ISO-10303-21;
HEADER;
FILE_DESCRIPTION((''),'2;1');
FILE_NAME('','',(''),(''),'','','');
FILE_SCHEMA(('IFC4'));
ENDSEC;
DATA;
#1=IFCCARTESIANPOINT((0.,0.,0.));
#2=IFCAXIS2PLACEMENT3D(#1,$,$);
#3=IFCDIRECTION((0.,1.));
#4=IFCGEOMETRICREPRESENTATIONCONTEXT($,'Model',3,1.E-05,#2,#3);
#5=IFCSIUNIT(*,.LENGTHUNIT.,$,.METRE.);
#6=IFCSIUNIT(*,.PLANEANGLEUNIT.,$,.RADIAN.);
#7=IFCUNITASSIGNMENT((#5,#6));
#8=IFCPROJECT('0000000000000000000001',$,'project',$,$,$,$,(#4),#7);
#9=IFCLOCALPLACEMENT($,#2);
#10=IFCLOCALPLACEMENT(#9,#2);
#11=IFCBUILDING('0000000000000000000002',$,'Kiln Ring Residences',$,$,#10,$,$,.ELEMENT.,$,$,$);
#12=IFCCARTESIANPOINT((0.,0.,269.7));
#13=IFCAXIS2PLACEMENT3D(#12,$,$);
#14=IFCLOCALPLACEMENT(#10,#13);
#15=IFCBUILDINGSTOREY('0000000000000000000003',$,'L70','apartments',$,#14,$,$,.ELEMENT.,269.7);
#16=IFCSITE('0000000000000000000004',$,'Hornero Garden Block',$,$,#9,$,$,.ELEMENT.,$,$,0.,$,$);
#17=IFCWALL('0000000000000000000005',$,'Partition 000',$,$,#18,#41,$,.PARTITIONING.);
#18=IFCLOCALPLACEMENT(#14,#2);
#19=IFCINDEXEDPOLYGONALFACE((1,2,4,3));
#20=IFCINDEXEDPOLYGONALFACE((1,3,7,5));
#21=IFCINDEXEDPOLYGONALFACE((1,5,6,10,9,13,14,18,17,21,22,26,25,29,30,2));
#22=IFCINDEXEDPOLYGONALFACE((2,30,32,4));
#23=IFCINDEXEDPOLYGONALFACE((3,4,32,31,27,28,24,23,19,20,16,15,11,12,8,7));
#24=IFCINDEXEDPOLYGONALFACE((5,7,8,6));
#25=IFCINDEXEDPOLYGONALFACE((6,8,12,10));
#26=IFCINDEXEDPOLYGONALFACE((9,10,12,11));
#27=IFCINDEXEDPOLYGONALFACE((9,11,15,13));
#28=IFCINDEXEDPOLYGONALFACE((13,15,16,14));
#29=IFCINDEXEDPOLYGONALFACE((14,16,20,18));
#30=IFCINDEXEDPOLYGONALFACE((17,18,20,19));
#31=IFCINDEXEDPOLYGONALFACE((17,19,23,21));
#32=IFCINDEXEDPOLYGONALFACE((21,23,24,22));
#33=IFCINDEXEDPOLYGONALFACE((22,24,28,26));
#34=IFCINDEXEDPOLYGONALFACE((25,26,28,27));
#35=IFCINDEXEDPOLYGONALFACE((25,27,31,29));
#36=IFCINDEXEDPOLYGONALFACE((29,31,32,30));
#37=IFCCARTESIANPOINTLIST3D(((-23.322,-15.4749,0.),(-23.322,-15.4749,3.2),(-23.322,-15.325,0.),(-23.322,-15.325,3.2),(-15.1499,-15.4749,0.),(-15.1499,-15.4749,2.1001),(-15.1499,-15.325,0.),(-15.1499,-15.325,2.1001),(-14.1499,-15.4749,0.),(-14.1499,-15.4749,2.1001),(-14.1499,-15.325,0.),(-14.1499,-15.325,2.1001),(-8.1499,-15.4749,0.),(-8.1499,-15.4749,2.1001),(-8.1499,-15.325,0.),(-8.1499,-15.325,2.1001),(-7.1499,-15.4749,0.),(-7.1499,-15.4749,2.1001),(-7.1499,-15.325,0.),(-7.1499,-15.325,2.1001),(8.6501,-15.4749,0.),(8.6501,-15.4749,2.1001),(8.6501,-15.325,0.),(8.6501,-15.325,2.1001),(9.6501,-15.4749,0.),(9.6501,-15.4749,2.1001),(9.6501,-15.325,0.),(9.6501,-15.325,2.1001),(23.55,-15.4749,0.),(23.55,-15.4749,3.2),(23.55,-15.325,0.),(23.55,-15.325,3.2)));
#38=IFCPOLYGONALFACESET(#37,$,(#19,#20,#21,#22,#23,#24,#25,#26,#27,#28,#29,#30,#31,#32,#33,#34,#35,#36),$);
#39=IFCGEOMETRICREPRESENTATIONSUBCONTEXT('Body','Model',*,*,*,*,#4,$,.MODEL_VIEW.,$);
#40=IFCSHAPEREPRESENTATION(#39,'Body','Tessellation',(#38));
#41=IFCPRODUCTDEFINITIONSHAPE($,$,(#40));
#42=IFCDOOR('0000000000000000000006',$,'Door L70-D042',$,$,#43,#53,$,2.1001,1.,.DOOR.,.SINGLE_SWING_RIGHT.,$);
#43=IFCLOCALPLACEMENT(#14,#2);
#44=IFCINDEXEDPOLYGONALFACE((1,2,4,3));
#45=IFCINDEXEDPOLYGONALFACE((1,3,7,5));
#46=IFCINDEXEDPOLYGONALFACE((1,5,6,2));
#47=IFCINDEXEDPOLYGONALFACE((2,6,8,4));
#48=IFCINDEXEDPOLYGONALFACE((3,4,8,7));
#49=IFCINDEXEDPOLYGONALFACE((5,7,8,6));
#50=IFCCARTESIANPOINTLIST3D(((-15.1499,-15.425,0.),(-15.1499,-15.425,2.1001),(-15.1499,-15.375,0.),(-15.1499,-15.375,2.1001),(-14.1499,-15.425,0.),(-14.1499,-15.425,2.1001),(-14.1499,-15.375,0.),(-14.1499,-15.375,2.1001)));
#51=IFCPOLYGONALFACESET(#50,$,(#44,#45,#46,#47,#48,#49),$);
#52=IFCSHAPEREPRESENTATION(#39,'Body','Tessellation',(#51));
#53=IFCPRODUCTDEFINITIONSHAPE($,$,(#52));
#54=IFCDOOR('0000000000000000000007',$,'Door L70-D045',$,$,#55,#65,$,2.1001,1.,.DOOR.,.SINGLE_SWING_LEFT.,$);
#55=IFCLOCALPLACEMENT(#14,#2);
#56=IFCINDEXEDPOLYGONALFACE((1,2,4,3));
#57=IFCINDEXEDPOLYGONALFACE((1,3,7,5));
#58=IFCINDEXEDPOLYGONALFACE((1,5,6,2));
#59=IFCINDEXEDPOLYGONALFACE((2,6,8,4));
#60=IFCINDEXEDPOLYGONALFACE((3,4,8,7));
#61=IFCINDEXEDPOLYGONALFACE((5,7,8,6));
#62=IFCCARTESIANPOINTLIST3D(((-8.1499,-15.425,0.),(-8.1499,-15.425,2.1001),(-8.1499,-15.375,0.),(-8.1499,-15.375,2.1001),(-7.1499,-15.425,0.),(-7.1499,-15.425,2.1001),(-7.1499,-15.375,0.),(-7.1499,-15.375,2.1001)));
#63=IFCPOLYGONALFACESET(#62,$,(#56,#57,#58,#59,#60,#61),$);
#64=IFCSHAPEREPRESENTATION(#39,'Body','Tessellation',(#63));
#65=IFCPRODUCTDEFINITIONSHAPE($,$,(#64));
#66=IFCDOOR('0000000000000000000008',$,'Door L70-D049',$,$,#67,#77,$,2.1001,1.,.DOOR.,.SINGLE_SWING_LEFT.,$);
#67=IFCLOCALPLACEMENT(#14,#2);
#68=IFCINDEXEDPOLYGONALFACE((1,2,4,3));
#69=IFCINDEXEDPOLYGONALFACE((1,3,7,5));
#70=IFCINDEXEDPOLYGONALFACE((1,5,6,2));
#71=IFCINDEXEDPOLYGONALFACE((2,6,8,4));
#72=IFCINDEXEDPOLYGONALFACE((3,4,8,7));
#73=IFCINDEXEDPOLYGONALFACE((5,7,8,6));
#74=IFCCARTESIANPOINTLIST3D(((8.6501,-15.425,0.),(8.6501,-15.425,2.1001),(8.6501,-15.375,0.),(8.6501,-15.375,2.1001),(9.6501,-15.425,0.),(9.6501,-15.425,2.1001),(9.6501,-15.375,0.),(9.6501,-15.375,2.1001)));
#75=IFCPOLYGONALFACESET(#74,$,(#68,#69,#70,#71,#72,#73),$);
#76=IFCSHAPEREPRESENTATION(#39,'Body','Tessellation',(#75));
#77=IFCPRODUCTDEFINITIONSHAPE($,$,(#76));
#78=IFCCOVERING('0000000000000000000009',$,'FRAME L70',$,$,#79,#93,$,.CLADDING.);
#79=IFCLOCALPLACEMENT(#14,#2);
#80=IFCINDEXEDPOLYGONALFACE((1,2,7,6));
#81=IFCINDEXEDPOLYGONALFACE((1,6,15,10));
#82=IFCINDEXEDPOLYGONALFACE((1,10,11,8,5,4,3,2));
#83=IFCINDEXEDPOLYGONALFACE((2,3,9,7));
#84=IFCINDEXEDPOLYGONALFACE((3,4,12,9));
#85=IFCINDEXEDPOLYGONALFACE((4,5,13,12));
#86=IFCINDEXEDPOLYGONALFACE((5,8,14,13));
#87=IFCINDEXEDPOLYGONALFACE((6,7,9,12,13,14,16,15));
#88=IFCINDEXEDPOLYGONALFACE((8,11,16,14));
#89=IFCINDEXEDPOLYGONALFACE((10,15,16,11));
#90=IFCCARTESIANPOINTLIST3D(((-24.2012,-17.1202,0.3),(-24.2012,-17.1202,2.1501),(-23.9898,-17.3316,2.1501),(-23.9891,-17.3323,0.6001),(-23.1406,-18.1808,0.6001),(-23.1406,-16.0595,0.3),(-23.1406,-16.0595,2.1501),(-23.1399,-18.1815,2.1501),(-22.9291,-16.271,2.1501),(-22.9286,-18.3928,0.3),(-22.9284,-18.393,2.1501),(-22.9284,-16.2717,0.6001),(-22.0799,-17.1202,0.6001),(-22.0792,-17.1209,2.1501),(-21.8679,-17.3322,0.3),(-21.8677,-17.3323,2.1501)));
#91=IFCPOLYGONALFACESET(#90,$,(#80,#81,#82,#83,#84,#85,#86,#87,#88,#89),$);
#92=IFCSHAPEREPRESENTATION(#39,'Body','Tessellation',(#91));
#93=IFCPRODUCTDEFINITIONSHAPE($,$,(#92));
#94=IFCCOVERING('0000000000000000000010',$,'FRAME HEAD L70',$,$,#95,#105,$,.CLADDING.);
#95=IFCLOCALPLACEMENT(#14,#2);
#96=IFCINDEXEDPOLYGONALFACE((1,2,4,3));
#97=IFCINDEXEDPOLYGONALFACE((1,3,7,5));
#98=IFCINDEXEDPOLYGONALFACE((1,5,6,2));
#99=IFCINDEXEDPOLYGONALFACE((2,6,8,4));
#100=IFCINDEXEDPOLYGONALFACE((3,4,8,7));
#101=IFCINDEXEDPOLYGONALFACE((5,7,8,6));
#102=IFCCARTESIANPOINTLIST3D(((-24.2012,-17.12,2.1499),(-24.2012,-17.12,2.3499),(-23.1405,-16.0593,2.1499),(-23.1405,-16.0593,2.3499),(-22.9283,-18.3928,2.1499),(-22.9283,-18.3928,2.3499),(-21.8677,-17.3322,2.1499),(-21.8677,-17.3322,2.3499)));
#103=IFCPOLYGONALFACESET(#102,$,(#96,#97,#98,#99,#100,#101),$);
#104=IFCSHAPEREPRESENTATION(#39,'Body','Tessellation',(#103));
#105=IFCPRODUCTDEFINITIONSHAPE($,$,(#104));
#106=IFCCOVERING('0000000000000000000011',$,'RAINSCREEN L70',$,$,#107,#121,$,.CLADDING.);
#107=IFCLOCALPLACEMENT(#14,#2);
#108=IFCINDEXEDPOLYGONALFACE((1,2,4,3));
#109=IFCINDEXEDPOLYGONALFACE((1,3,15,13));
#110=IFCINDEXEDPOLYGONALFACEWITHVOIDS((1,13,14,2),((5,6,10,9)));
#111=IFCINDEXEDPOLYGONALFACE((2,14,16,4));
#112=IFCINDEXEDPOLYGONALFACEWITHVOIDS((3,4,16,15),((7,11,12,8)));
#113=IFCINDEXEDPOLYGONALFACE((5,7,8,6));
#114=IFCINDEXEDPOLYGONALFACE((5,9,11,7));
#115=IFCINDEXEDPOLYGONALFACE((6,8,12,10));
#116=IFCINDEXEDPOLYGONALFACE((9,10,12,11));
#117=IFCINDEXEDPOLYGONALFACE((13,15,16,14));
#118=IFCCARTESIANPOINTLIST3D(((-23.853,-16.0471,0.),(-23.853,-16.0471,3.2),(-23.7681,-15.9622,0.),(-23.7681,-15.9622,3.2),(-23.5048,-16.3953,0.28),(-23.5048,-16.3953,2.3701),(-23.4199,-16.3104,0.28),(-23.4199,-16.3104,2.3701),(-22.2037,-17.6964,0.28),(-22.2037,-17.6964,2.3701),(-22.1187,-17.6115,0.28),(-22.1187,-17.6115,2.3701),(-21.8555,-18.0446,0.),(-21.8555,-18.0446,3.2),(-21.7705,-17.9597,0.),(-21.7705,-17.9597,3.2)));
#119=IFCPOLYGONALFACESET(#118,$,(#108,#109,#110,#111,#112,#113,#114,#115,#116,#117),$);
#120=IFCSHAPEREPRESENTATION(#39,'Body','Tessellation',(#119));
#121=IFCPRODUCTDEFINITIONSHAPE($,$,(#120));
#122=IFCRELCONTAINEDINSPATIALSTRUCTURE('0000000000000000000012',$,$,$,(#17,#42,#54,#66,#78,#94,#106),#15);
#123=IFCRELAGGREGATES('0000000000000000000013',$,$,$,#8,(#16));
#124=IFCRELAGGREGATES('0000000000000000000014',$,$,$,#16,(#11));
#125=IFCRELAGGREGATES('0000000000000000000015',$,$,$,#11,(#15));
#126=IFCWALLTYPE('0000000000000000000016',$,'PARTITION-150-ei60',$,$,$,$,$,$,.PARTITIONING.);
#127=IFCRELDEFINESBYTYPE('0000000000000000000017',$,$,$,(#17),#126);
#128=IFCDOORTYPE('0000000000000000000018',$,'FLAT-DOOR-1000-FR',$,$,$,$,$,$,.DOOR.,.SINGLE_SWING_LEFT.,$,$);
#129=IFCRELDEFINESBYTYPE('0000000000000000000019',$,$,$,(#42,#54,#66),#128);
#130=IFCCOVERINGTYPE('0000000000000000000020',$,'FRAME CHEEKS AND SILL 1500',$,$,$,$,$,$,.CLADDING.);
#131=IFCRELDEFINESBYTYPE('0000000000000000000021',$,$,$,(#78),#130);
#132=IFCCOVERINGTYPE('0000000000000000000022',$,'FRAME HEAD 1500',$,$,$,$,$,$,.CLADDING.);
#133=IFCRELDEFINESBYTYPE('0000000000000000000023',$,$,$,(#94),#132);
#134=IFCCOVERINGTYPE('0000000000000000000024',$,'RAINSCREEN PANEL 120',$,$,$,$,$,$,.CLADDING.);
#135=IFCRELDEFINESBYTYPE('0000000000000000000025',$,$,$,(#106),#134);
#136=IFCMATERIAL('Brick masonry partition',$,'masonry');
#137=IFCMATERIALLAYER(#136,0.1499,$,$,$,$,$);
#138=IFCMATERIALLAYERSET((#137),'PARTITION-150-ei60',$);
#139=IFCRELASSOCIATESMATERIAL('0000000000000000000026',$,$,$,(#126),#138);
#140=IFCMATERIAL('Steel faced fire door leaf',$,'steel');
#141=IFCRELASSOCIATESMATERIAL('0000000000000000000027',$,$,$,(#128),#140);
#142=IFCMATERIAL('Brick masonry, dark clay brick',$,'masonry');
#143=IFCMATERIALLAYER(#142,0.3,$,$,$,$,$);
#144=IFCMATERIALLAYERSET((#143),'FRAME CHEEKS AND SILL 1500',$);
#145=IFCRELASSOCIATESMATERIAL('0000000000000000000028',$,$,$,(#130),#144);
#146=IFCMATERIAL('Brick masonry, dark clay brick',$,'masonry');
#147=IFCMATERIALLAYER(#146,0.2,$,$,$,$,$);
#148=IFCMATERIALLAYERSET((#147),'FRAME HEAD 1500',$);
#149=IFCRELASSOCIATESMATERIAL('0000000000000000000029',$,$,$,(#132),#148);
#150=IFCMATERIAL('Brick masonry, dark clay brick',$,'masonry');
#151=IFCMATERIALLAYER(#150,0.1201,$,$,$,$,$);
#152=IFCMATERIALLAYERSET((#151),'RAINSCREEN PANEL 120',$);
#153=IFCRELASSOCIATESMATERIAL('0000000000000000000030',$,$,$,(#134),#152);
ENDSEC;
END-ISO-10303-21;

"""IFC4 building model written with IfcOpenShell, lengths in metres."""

from ifc_helpers import new_model, si_unit, direction, frame, frame_2d, origin, origin_2d, place, context, subcontext, project, spatial, polyline, rectangle, outline, extrude, material, layer, layer_set, type_object, element, fill, save


model = new_model("IFC4")

# Units and contexts
model_context = context("Model", 3, precision=1e-05, world=origin(), true_north=direction((0.0, 1.0)))
body_context = subcontext(model_context, "Body", "Model", "MODEL_VIEW")
ifc_project = project(units=[si_unit("LENGTHUNIT", "METRE"), si_unit("PLANEANGLEUNIT", "RADIAN")], contexts=[model_context])

# Site, building, storey
site_placement = place(None, origin())
site = spatial("IfcSite", under=ifc_project, at=site_placement, Name="Hornero Garden Block", CompositionType="ELEMENT", RefElevation=0.0)
building_placement = place(site_placement, origin())
building = spatial("IfcBuilding", under=site, at=building_placement, Name="Kiln Ring Residences", CompositionType="ELEMENT")
storey_placement = place(building_placement, frame((0.0, 0.0, 269.7)))
storey = spatial("IfcBuildingStorey", under=building, at=storey_placement, Name="L70", Description="apartments", CompositionType="ELEMENT", Elevation=269.7)

# Wall, openings, doors
ifc_material_1 = material(Name="Brick masonry partition", Category="masonry")
ifc_layer_1 = layer(ifc_material_1, 0.1499)
ifc_layer_set_1 = layer_set([ifc_layer_1], Name="PARTITION-150-ei60")
wall_type_1 = type_object("IfcWallType", Name="PARTITION-150-ei60", PredefinedType="PARTITIONING", material=ifc_layer_set_1)
wall_1_placement = place(storey_placement, frame((-23.322, -15.3999, 0.0), z_axis=(0.0, 0.0, 1.0), x_axis=(1.0, 0.0, 0.0)))
wall_1 = element("IfcWall", 1, at=wall_1_placement, inside=storey, type_object=wall_type_1, Name="Partition 000", PredefinedType="PARTITIONING", context=body_context, shape_type="SweptSolid", body=[
    extrude(rectangle(XDim=46.8721, YDim=0.1499, at=frame_2d((23.436, 0.0))), origin(), (0.0, 0.0, 1.0), 3.2),
])
opening_1_placement = place(wall_1_placement, frame((8.1721, 0.0, 0.0)))
opening_1 = element("IfcOpeningElement", 2, at=opening_1_placement, cuts=wall_1, PredefinedType="OPENING", context=body_context, shape_type="SweptSolid", body=[
    extrude(rectangle(XDim=1.0, YDim=2.1001, at=frame_2d((0.5, 1.05))), frame((0.0, 0.085, 0.0), z_axis=(0.0, -1.0, 0.0), x_axis=(1.0, 0.0, 0.0)), (0.0, 0.0, 1.0), 0.1699),
])
opening_2_placement = place(wall_1_placement, frame((15.1721, 0.0, 0.0)))
opening_2 = element("IfcOpeningElement", 3, at=opening_2_placement, cuts=wall_1, PredefinedType="OPENING", context=body_context, shape_type="SweptSolid", body=[
    extrude(rectangle(XDim=1.0, YDim=2.1001, at=frame_2d((0.5, 1.05))), frame((0.0, 0.085, 0.0), z_axis=(0.0, -1.0, 0.0), x_axis=(1.0, 0.0, 0.0)), (0.0, 0.0, 1.0), 0.1699),
])
opening_3_placement = place(wall_1_placement, frame((31.9722, 0.0, 0.0)))
opening_3 = element("IfcOpeningElement", 4, at=opening_3_placement, cuts=wall_1, PredefinedType="OPENING", context=body_context, shape_type="SweptSolid", body=[
    extrude(rectangle(XDim=1.0, YDim=2.1001, at=frame_2d((0.5, 1.05))), frame((0.0, 0.085, 0.0), z_axis=(0.0, -1.0, 0.0), x_axis=(1.0, 0.0, 0.0)), (0.0, 0.0, 1.0), 0.1699),
])
ifc_material_2 = material(Name="Steel faced fire door leaf", Category="steel")
door_type_1 = type_object("IfcDoorType", Name="FLAT-DOOR-1000-FR", OperationType="SINGLE_SWING_LEFT", PredefinedType="DOOR", material=ifc_material_2)
door_1_placement = place(opening_1_placement, origin())
door_1 = element("IfcDoor", 5, at=door_1_placement, inside=storey, type_object=door_type_1, Name="Door L70-D042", OperationType="SINGLE_SWING_RIGHT", OverallHeight=2.1001, OverallWidth=1.0, PredefinedType="DOOR", context=body_context, shape_type="SweptSolid", body=[
    extrude(rectangle(XDim=1.0, YDim=2.1001, at=frame_2d((0.5, 1.05))), frame((0.0, 0.0249, 0.0), z_axis=(0.0, -1.0, 0.0), x_axis=(1.0, 0.0, 0.0)), (0.0, 0.0, 1.0), 0.05),
])
fill(opening_1, door_1)
door_2_placement = place(opening_2_placement, origin())
door_2 = element("IfcDoor", 6, at=door_2_placement, inside=storey, type_object=door_type_1, Name="Door L70-D045", OperationType="SINGLE_SWING_LEFT", OverallHeight=2.1001, OverallWidth=1.0, PredefinedType="DOOR", context=body_context, shape_type="SweptSolid", body=[
    extrude(rectangle(XDim=1.0, YDim=2.1001, at=frame_2d((0.5, 1.05))), frame((0.0, 0.0249, 0.0), z_axis=(0.0, -1.0, 0.0), x_axis=(1.0, 0.0, 0.0)), (0.0, 0.0, 1.0), 0.05),
])
fill(opening_2, door_2)
door_3_placement = place(opening_3_placement, origin())
door_3 = element("IfcDoor", 7, at=door_3_placement, inside=storey, type_object=door_type_1, Name="Door L70-D049", OperationType="SINGLE_SWING_LEFT", OverallHeight=2.1001, OverallWidth=1.0, PredefinedType="DOOR", context=body_context, shape_type="SweptSolid", body=[
    extrude(rectangle(XDim=1.0, YDim=2.1001, at=frame_2d((0.5, 1.05))), frame((0.0, 0.0249, 0.0), z_axis=(0.0, -1.0, 0.0), x_axis=(1.0, 0.0, 0.0)), (0.0, 0.0, 1.0), 0.05),
])
fill(opening_3, door_3)

# Coverings
ifc_material_3 = material(Name="Brick masonry, dark clay brick", Category="masonry")
ifc_layer_2 = layer(ifc_material_3, 0.3)
ifc_layer_set_2 = layer_set([ifc_layer_2], Name="FRAME CHEEKS AND SILL 1500")
covering_type_1 = type_object("IfcCoveringType", Name="FRAME CHEEKS AND SILL 1500", PredefinedType="CLADDING", material=ifc_layer_set_2)
covering_1_placement = place(storey_placement, frame((-23.6709, -16.5898, 0.3), z_axis=(0.0, 0.0, 1.0), x_axis=(0.707107, -0.707107, 0.0)))
element("IfcCovering", 8, at=covering_1_placement, inside=storey, type_object=covering_type_1, Name="FRAME L70", PredefinedType="CLADDING", context=body_context, shape_type="SweptSolid", body=[
    extrude(outline(polyline([(0.0, 0.0), (1.7998, 0.0), (1.8, 1.8501), (1.501, 1.8501), (1.5, 0.3), (0.3, 0.3), (0.2991, 1.8501), (0.0, 1.8501), (0.0, 0.0)])), frame((0.0, 0.75, 0.0), z_axis=(0.0, -1.0, 0.0), x_axis=(1.0, 0.0, 0.0)), (0.0, 0.0, 1.0), 1.5),
])
ifc_material_4 = material(Name="Brick masonry, dark clay brick", Category="masonry")
ifc_layer_3 = layer(ifc_material_4, 0.2)
ifc_layer_set_3 = layer_set([ifc_layer_3], Name="FRAME HEAD 1500")
covering_type_2 = type_object("IfcCoveringType", Name="FRAME HEAD 1500", PredefinedType="CLADDING", material=ifc_layer_set_3)
covering_2_placement = place(storey_placement, frame((-23.0344, -17.2261, 2.1499), z_axis=(0.0, 0.0, 1.0), x_axis=(0.707107, -0.707107, 0.0)))
element("IfcCovering", 9, at=covering_2_placement, inside=storey, type_object=covering_type_2, Name="FRAME HEAD L70", PredefinedType="CLADDING", context=body_context, shape_type="SweptSolid", body=[
    extrude(rectangle(XDim=1.8, YDim=1.5, at=origin_2d()), origin(), (0.0, 0.0, 1.0), 0.2),
])
ifc_material_5 = material(Name="Brick masonry, dark clay brick", Category="masonry")
ifc_layer_4 = layer(ifc_material_5, 0.1201)
ifc_layer_set_4 = layer_set([ifc_layer_4], Name="RAINSCREEN PANEL 120")
covering_type_3 = type_object("IfcCoveringType", Name="RAINSCREEN PANEL 120", PredefinedType="CLADDING", material=ifc_layer_set_4)
covering_3_placement = place(storey_placement, frame((-23.8105, -16.0046, 0.0), z_axis=(0.0, 0.0, 1.0), x_axis=(0.707107, -0.707107, 0.0)))
element("IfcCovering", 10, at=covering_3_placement, inside=storey, type_object=covering_type_3, Name="RAINSCREEN L70", PredefinedType="CLADDING", context=body_context, shape_type="SweptSolid", body=[
    extrude(outline(polyline([(0.0, 0.0), (2.825, 0.0), (2.825, 3.2), (0.0, 3.2), (0.0, 0.0)]), holes=[polyline([(0.4924, 2.3701), (0.4924, 0.28), (2.3325, 0.28), (2.3325, 2.3701), (0.4924, 2.3701)])]), frame((0.0, 0.0601, 0.0), z_axis=(0.0, -1.0, 0.0), x_axis=(1.0, 0.0, 0.0)), (0.0, 0.0, 1.0), 0.1201),
])

save(model, "model.ifc")
